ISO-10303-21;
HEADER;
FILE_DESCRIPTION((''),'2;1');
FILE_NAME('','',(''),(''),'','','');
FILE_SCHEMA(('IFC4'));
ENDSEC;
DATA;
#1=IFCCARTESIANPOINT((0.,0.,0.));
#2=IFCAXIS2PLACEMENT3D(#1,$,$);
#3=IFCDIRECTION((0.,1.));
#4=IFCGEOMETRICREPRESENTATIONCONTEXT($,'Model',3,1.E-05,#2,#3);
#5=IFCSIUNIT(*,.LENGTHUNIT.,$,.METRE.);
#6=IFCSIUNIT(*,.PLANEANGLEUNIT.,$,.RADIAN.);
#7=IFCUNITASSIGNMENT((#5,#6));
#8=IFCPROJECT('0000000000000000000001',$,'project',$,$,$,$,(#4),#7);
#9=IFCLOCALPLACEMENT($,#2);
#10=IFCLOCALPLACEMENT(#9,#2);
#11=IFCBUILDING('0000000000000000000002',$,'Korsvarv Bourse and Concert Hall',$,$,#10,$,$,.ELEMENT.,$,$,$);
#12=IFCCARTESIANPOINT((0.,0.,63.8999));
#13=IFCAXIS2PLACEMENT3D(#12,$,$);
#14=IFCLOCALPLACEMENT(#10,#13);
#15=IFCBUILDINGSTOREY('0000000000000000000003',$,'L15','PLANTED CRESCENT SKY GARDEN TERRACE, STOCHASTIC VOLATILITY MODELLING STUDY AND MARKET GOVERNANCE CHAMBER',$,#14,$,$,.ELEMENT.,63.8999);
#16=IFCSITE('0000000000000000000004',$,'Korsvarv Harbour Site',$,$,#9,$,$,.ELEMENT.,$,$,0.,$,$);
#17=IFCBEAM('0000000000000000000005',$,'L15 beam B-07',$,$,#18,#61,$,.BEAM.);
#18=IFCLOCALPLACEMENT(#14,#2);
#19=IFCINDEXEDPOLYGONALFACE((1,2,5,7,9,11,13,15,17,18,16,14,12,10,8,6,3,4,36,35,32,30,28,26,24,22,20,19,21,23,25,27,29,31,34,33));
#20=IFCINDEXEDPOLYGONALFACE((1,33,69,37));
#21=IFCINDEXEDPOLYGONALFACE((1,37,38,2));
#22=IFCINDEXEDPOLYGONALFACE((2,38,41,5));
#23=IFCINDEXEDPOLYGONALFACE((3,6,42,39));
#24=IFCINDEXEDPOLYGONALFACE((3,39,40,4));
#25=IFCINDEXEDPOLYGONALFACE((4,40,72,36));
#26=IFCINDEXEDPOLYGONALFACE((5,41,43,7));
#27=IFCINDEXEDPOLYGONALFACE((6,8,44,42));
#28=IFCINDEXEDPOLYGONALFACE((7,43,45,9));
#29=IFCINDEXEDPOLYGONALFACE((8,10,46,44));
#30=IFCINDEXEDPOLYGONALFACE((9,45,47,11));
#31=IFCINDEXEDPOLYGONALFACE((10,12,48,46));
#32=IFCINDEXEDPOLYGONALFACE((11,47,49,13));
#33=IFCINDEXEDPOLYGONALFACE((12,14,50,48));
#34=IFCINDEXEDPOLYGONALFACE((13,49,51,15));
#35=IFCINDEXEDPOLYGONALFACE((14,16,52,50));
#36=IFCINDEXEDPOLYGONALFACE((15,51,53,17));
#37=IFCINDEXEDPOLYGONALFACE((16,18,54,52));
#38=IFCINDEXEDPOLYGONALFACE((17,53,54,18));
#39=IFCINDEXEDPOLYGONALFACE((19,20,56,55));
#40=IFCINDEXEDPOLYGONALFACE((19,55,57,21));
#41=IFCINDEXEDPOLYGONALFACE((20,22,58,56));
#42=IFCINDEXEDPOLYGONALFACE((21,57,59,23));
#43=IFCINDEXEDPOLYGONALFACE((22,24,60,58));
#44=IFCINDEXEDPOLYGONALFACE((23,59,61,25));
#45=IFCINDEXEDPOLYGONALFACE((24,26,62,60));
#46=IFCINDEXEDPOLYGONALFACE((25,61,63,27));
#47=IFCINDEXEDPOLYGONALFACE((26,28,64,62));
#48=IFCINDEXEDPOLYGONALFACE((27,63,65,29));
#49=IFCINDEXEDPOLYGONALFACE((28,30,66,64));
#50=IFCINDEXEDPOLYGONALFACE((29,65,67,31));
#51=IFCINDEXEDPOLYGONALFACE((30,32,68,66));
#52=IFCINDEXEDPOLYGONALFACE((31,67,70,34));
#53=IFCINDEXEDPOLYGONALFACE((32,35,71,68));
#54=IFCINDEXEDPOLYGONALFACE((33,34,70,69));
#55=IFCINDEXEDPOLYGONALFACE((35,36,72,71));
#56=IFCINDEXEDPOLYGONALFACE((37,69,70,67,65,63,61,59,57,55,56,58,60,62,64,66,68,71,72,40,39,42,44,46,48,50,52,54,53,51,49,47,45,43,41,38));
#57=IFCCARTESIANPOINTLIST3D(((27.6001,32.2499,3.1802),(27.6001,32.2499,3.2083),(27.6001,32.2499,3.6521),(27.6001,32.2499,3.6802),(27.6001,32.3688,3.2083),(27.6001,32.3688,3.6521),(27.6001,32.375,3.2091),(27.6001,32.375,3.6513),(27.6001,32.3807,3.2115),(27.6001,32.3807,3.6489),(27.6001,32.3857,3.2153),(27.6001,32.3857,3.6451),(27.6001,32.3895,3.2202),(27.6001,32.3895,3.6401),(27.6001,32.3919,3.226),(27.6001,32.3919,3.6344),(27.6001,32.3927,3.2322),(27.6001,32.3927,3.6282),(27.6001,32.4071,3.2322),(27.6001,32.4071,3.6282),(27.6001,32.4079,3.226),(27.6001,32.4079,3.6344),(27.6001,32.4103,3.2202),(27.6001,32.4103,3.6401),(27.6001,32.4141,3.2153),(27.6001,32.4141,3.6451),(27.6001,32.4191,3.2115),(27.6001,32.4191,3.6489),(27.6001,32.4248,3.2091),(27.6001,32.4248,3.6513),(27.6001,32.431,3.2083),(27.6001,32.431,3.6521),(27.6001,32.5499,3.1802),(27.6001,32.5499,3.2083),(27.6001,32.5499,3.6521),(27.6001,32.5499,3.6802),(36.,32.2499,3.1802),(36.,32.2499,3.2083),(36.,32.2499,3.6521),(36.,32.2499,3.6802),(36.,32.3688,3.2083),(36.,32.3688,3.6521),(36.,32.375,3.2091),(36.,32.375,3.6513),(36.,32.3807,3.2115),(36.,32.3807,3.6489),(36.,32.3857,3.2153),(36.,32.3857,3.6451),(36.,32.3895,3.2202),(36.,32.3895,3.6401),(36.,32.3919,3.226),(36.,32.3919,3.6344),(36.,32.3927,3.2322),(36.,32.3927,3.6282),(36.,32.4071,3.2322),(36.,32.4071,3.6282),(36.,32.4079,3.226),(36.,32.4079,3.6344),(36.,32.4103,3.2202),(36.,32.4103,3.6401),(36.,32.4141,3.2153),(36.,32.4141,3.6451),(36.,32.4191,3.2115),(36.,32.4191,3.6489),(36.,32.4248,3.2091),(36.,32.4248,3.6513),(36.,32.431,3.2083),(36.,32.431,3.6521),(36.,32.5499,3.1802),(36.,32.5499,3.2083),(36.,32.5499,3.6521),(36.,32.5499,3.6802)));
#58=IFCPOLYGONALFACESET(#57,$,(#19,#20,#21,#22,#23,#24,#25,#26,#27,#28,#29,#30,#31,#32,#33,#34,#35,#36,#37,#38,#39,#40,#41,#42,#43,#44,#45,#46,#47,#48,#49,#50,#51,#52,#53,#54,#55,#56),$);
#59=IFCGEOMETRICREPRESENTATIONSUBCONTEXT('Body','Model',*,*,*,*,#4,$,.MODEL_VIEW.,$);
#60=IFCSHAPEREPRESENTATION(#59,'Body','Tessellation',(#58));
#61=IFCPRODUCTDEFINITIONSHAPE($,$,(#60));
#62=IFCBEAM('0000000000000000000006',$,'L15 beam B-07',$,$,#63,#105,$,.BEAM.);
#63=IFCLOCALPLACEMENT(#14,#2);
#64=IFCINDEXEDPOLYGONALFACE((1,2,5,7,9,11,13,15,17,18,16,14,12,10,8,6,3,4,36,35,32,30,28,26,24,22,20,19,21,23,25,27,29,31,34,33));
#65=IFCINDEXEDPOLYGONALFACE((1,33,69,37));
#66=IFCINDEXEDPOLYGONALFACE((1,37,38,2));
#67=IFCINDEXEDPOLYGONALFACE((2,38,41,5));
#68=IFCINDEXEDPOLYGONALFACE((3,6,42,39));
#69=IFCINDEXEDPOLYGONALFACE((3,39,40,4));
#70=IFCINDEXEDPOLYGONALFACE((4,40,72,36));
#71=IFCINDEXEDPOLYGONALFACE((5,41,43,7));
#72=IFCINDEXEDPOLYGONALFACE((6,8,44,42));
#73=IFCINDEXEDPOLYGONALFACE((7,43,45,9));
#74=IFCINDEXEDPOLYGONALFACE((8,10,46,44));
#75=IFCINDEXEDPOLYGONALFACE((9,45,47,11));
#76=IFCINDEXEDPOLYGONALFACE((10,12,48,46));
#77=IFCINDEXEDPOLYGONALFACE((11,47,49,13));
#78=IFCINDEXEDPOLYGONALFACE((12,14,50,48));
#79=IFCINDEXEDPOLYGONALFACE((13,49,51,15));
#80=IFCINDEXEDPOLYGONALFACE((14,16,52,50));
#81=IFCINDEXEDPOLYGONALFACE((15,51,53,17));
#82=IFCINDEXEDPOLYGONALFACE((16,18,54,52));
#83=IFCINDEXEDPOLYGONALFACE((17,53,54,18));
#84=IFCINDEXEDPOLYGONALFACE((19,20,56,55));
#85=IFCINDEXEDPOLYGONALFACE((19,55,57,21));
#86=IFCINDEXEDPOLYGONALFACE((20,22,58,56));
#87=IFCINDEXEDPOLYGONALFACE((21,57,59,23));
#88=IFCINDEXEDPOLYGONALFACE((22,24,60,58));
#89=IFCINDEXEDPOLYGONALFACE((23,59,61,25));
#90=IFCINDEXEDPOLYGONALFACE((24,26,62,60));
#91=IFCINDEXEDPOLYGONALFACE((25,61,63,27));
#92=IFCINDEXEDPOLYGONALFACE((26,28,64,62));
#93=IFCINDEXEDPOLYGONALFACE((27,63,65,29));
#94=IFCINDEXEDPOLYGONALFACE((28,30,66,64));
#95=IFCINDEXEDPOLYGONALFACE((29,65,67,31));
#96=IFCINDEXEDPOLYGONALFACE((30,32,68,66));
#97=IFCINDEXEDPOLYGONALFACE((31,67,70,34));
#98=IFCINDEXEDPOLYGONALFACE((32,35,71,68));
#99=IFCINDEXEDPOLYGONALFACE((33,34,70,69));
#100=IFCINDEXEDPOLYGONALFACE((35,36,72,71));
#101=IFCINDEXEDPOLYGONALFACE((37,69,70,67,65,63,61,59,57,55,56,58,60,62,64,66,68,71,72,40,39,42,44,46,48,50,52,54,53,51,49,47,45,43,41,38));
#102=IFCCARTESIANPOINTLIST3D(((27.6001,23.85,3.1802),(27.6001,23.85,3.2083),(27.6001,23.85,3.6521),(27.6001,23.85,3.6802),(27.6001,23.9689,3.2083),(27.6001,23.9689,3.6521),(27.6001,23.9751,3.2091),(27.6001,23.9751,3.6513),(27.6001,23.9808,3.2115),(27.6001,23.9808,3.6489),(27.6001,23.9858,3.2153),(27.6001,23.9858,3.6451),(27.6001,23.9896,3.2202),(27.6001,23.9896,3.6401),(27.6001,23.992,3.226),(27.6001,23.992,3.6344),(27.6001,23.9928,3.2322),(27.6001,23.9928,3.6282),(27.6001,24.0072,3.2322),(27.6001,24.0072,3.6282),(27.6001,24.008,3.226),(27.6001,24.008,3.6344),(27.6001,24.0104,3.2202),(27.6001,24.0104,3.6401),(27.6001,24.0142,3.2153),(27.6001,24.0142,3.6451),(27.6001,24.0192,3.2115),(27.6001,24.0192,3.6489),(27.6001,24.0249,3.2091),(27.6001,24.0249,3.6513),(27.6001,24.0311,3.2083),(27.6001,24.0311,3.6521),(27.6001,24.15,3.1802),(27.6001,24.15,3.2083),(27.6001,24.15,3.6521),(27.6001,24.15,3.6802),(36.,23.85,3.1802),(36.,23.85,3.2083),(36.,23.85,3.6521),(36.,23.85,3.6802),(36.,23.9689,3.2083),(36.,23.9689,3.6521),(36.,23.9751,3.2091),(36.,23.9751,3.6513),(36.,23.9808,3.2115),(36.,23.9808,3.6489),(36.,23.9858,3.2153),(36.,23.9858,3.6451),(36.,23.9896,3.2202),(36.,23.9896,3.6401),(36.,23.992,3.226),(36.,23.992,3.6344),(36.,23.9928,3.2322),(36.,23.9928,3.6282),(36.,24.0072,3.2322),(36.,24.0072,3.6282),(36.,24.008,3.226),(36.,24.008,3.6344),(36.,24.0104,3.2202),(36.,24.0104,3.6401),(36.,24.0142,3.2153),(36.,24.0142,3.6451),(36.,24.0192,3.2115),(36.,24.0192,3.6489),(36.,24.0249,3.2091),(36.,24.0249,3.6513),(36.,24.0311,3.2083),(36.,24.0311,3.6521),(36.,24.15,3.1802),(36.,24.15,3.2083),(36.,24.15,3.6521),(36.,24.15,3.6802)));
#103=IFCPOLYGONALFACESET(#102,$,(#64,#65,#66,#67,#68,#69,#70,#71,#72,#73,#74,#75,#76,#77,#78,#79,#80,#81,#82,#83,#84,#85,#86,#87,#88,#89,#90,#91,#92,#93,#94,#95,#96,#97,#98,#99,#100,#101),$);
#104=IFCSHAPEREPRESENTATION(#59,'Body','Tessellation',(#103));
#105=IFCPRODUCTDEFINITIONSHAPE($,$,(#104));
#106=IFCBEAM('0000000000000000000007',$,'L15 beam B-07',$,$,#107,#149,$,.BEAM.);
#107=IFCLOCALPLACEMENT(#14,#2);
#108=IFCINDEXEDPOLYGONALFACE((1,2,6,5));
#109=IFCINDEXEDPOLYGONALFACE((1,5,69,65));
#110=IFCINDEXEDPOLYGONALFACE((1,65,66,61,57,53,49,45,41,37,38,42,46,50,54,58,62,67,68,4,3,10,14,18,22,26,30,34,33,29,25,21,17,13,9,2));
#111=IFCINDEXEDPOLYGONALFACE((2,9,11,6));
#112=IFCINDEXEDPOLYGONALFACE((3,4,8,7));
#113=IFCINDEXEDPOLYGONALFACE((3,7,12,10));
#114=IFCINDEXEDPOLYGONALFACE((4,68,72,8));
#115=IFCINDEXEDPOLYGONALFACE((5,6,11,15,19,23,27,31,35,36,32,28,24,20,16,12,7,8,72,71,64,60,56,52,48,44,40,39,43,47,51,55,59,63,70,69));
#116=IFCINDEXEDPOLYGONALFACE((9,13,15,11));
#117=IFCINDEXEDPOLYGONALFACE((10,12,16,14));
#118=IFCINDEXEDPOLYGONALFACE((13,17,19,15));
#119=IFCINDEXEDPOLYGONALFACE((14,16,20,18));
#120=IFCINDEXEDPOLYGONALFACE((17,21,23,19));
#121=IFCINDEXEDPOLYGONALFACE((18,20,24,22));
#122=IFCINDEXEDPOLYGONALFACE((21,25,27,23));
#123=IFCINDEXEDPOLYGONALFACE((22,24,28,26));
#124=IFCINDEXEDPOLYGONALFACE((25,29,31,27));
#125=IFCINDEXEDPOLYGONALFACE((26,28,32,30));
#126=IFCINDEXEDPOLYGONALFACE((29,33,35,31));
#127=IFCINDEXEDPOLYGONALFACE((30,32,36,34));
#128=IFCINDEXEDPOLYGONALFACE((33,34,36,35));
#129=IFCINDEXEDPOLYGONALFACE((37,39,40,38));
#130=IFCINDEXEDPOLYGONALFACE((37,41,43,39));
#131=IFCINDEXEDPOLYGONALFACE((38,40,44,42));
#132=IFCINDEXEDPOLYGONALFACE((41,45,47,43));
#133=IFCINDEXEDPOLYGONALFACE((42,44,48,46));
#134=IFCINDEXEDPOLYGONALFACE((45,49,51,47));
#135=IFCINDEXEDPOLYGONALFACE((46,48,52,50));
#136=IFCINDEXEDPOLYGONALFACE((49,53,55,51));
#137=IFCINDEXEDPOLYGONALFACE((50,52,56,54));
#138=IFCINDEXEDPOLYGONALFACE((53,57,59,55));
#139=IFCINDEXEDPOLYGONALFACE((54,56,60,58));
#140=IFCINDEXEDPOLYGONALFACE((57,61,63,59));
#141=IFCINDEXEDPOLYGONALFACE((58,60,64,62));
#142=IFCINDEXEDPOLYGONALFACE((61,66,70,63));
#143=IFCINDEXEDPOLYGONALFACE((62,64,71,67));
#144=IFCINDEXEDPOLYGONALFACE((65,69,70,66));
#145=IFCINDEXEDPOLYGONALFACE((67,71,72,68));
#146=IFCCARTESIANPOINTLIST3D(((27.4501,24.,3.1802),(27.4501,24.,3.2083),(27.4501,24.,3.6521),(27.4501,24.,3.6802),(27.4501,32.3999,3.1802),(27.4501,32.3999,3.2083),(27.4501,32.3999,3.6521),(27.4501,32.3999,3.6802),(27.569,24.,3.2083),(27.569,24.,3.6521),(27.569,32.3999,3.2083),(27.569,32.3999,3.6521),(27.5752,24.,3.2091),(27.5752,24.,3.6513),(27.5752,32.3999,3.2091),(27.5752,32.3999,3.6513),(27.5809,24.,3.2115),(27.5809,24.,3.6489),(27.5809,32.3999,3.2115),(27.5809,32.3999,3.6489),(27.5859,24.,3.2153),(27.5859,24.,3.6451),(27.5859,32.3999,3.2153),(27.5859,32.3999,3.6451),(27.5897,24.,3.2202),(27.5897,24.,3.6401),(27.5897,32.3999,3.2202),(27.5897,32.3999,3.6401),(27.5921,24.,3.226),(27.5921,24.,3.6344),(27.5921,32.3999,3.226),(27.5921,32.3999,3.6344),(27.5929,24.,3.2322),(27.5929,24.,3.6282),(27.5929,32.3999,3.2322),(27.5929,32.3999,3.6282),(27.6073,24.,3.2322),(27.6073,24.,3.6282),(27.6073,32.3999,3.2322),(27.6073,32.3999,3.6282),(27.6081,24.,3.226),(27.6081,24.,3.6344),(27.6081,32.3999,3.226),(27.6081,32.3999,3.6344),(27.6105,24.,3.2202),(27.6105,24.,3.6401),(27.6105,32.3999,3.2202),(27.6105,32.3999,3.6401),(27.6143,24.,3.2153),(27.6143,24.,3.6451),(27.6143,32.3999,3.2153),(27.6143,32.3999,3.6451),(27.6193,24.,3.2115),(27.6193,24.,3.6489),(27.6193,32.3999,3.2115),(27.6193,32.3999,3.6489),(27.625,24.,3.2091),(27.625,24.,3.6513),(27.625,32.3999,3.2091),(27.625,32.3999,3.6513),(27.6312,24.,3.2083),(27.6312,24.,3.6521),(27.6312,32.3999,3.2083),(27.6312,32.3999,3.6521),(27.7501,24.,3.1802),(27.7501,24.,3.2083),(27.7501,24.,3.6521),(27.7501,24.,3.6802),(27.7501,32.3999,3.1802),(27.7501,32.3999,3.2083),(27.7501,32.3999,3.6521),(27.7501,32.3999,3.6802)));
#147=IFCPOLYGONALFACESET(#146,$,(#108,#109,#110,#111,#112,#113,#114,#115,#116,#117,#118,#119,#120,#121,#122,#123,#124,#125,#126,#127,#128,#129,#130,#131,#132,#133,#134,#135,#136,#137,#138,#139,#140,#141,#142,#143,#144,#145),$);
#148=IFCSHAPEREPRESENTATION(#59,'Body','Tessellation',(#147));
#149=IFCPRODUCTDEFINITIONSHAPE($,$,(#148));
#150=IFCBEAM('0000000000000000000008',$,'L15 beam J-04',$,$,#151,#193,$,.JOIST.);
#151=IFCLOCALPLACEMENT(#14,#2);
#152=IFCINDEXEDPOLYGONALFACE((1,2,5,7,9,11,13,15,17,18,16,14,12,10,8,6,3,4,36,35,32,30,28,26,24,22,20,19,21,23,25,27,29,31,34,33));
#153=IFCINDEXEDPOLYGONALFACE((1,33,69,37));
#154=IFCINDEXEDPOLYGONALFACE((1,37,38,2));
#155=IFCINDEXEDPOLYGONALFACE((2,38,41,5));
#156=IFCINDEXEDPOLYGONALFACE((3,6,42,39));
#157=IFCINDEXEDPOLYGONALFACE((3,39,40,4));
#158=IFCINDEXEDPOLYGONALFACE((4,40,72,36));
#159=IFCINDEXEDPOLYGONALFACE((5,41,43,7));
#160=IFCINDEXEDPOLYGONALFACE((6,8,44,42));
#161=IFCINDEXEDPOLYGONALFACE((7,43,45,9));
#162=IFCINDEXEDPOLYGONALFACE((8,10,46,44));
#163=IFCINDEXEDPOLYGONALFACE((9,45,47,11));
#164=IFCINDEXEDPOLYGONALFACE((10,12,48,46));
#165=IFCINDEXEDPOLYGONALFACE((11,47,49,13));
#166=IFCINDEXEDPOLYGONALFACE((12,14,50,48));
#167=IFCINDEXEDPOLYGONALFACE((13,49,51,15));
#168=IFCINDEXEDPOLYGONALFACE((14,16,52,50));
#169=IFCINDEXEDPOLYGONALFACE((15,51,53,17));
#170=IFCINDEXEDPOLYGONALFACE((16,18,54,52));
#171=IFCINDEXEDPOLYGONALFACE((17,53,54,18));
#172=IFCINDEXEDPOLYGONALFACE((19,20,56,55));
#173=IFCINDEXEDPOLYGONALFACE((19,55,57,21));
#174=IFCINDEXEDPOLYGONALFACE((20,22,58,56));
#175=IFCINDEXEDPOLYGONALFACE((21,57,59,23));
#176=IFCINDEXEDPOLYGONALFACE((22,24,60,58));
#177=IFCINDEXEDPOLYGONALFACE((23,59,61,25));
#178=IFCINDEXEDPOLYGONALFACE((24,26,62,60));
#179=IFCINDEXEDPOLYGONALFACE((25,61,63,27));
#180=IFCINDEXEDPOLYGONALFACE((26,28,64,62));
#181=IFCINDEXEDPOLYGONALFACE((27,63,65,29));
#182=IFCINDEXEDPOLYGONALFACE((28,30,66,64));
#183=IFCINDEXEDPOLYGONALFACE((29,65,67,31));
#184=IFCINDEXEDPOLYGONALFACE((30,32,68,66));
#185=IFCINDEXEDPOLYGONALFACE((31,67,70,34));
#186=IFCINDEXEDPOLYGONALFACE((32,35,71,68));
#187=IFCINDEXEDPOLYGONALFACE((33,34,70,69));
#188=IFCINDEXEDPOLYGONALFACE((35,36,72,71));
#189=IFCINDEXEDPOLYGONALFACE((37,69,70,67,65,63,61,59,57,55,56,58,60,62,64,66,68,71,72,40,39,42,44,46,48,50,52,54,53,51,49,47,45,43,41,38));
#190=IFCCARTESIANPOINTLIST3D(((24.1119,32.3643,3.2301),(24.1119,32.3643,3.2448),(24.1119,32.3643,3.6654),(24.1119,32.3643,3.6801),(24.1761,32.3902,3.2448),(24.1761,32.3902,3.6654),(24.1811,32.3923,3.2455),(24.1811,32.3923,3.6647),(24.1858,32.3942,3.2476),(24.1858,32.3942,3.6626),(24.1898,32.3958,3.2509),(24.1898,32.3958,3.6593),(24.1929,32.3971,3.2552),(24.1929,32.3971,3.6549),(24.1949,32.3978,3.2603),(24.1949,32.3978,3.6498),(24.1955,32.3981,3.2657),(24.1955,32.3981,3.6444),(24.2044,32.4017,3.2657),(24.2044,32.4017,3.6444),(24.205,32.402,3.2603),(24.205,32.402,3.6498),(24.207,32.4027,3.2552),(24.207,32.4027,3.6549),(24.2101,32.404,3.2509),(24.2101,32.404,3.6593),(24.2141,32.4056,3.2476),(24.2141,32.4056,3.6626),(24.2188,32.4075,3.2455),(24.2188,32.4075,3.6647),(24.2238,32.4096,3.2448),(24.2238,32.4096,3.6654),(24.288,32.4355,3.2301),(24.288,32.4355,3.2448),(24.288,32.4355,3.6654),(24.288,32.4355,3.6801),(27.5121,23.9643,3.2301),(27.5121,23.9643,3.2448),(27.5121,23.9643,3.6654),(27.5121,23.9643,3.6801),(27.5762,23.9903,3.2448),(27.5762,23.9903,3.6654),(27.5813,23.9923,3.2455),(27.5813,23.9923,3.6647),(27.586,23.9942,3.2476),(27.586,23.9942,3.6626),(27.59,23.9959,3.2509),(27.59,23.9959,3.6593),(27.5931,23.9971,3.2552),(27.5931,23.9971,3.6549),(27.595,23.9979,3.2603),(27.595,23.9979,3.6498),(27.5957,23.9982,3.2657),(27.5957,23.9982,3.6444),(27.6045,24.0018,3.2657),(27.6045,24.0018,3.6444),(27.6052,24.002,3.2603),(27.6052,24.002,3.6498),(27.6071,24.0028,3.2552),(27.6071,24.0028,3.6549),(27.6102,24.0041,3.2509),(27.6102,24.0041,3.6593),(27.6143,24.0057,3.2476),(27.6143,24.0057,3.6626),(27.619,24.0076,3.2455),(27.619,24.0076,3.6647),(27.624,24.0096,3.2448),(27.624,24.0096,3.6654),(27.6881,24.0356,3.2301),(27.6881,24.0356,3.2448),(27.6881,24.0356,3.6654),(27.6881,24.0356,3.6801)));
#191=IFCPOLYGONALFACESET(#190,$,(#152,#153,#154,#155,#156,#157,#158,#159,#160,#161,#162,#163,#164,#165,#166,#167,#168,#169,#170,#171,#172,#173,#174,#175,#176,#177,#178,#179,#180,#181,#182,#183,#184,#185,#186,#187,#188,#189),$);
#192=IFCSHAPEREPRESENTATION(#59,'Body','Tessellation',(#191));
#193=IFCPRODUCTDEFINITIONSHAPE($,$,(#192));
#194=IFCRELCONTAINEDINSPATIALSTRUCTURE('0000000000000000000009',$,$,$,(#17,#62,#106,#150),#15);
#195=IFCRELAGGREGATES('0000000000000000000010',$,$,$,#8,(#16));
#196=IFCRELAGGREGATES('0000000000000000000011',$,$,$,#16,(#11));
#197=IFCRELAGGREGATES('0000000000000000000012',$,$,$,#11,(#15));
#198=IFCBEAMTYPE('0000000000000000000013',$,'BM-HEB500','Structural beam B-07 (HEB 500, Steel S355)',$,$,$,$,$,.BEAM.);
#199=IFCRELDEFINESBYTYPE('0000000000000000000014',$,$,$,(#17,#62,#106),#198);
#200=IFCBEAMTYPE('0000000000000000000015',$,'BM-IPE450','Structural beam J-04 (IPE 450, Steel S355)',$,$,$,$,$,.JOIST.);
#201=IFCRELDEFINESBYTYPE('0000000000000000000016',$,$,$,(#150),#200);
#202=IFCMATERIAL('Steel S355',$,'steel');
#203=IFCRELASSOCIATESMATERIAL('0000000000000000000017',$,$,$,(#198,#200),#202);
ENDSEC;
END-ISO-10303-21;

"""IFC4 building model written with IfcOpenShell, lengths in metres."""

from ifc_helpers import new_model, si_unit, direction, frame, origin, origin_2d, place, context, subcontext, project, spatial, i_section, extrude, source, transform, mapped, material, material_profile, profile_set, type_object, element, save


model = new_model("IFC4")

# Units and contexts
model_context = context("Model", 3, precision=1e-05, world=origin(), true_north=direction((0.0, 1.0)))
body_context = subcontext(model_context, "Body", "Model", "MODEL_VIEW")
ifc_project = project(units=[si_unit("LENGTHUNIT", "METRE"), si_unit("PLANEANGLEUNIT", "RADIAN")], contexts=[model_context])

# Site, building, storey
site_placement = place(None, origin())
site = spatial("IfcSite", under=ifc_project, at=site_placement, Name="Korsvarv Harbour Site", CompositionType="ELEMENT", RefElevation=0.0)
building_placement = place(site_placement, origin())
building = spatial("IfcBuilding", under=site, at=building_placement, Name="Korsvarv Bourse and Concert Hall", CompositionType="ELEMENT")
storey_placement = place(building_placement, frame((0.0, 0.0, 63.8999)))
storey = spatial("IfcBuildingStorey", under=building, at=storey_placement, Name="L15", Description="PLANTED CRESCENT SKY GARDEN TERRACE, STOCHASTIC VOLATILITY MODELLING STUDY AND MARKET GOVERNANCE CHAMBER", CompositionType="ELEMENT", Elevation=63.8999)

# Beams
ifc_material_1 = material(Name="Steel S355", Category="steel")
ifc_material_profile_1 = material_profile(ifc_material_1, i_section(OverallWidth=0.3, OverallDepth=0.5, WebThickness=0.0144, FlangeThickness=0.0281, FilletRadius=0.0239, at=origin_2d()), Name="HEB 500")
ifc_profile_set_1 = profile_set([ifc_material_profile_1], Name="Steel S355")
beam_type_1 = type_object("IfcBeamType", Name="BM-HEB500", Description="Structural beam B-07 (HEB 500, Steel S355)", PredefinedType="BEAM", material=ifc_profile_set_1)
shared_shape_1 = source(origin(), body_context, "Body", "SweptSolid", [
    extrude(i_section(OverallWidth=0.3, OverallDepth=0.5, WebThickness=0.0144, FlangeThickness=0.0281, FilletRadius=0.0239, at=origin_2d()), origin(), (0.0, 0.0, 1.0), 8.3999),
])
for number, where, z_axis, x_axis, name in (
    (1, (27.6001, 32.3999, 3.4302), (1.0, 0.0, 0.0), (0.0, 1.0, 0.0), "L15 beam B-07"),
    (2, (27.6001, 24.0, 3.4302), (1.0, 0.0, 0.0), (0.0, 1.0, 0.0), "L15 beam B-07"),
    (3, (27.6001, 24.0, 3.4302), (0.0, 1.0, 0.0), (-1.0, 0.0, 0.0), "L15 beam B-07"),
):
    element("IfcBeam", number, at=place(storey_placement, frame(where, z_axis=z_axis, x_axis=x_axis)), inside=storey, type_object=beam_type_1, Name=name, PredefinedType="BEAM", context=body_context, shape_type="MappedRepresentation", body=[
        mapped(shared_shape_1, transform((0.0, 0.0, 0.0), scale=1.0)),
    ])
ifc_material_profile_2 = material_profile(ifc_material_1, i_section(OverallWidth=0.1899, OverallDepth=0.45, WebThickness=0.0095, FlangeThickness=0.0146, FilletRadius=0.021, at=origin_2d()), Name="IPE 450")
ifc_profile_set_2 = profile_set([ifc_material_profile_2], Name="Steel S355")
beam_type_2 = type_object("IfcBeamType", Name="BM-IPE450", Description="Structural beam J-04 (IPE 450, Steel S355)", PredefinedType="JOIST", material=ifc_profile_set_2)
shared_shape_2 = source(origin(), body_context, "Body", "SweptSolid", [
    extrude(i_section(OverallWidth=0.1899, OverallDepth=0.45, WebThickness=0.0095, FlangeThickness=0.0146, FilletRadius=0.021, at=origin_2d()), origin(), (0.0, 0.0, 1.0), 9.062),
])
beam_1_placement = place(storey_placement, frame((24.2, 32.3999, 3.4551), z_axis=(0.37521, -0.92694, 0.0), x_axis=(0.92694, 0.37521, 0.0)))
element("IfcBeam", 4, at=beam_1_placement, inside=storey, type_object=beam_type_2, Name="L15 beam J-04", PredefinedType="JOIST", context=body_context, shape_type="MappedRepresentation", body=[
    mapped(shared_shape_2, transform((0.0, 0.0, 0.0), scale=1.0)),
])

save(model, "model.ifc")
